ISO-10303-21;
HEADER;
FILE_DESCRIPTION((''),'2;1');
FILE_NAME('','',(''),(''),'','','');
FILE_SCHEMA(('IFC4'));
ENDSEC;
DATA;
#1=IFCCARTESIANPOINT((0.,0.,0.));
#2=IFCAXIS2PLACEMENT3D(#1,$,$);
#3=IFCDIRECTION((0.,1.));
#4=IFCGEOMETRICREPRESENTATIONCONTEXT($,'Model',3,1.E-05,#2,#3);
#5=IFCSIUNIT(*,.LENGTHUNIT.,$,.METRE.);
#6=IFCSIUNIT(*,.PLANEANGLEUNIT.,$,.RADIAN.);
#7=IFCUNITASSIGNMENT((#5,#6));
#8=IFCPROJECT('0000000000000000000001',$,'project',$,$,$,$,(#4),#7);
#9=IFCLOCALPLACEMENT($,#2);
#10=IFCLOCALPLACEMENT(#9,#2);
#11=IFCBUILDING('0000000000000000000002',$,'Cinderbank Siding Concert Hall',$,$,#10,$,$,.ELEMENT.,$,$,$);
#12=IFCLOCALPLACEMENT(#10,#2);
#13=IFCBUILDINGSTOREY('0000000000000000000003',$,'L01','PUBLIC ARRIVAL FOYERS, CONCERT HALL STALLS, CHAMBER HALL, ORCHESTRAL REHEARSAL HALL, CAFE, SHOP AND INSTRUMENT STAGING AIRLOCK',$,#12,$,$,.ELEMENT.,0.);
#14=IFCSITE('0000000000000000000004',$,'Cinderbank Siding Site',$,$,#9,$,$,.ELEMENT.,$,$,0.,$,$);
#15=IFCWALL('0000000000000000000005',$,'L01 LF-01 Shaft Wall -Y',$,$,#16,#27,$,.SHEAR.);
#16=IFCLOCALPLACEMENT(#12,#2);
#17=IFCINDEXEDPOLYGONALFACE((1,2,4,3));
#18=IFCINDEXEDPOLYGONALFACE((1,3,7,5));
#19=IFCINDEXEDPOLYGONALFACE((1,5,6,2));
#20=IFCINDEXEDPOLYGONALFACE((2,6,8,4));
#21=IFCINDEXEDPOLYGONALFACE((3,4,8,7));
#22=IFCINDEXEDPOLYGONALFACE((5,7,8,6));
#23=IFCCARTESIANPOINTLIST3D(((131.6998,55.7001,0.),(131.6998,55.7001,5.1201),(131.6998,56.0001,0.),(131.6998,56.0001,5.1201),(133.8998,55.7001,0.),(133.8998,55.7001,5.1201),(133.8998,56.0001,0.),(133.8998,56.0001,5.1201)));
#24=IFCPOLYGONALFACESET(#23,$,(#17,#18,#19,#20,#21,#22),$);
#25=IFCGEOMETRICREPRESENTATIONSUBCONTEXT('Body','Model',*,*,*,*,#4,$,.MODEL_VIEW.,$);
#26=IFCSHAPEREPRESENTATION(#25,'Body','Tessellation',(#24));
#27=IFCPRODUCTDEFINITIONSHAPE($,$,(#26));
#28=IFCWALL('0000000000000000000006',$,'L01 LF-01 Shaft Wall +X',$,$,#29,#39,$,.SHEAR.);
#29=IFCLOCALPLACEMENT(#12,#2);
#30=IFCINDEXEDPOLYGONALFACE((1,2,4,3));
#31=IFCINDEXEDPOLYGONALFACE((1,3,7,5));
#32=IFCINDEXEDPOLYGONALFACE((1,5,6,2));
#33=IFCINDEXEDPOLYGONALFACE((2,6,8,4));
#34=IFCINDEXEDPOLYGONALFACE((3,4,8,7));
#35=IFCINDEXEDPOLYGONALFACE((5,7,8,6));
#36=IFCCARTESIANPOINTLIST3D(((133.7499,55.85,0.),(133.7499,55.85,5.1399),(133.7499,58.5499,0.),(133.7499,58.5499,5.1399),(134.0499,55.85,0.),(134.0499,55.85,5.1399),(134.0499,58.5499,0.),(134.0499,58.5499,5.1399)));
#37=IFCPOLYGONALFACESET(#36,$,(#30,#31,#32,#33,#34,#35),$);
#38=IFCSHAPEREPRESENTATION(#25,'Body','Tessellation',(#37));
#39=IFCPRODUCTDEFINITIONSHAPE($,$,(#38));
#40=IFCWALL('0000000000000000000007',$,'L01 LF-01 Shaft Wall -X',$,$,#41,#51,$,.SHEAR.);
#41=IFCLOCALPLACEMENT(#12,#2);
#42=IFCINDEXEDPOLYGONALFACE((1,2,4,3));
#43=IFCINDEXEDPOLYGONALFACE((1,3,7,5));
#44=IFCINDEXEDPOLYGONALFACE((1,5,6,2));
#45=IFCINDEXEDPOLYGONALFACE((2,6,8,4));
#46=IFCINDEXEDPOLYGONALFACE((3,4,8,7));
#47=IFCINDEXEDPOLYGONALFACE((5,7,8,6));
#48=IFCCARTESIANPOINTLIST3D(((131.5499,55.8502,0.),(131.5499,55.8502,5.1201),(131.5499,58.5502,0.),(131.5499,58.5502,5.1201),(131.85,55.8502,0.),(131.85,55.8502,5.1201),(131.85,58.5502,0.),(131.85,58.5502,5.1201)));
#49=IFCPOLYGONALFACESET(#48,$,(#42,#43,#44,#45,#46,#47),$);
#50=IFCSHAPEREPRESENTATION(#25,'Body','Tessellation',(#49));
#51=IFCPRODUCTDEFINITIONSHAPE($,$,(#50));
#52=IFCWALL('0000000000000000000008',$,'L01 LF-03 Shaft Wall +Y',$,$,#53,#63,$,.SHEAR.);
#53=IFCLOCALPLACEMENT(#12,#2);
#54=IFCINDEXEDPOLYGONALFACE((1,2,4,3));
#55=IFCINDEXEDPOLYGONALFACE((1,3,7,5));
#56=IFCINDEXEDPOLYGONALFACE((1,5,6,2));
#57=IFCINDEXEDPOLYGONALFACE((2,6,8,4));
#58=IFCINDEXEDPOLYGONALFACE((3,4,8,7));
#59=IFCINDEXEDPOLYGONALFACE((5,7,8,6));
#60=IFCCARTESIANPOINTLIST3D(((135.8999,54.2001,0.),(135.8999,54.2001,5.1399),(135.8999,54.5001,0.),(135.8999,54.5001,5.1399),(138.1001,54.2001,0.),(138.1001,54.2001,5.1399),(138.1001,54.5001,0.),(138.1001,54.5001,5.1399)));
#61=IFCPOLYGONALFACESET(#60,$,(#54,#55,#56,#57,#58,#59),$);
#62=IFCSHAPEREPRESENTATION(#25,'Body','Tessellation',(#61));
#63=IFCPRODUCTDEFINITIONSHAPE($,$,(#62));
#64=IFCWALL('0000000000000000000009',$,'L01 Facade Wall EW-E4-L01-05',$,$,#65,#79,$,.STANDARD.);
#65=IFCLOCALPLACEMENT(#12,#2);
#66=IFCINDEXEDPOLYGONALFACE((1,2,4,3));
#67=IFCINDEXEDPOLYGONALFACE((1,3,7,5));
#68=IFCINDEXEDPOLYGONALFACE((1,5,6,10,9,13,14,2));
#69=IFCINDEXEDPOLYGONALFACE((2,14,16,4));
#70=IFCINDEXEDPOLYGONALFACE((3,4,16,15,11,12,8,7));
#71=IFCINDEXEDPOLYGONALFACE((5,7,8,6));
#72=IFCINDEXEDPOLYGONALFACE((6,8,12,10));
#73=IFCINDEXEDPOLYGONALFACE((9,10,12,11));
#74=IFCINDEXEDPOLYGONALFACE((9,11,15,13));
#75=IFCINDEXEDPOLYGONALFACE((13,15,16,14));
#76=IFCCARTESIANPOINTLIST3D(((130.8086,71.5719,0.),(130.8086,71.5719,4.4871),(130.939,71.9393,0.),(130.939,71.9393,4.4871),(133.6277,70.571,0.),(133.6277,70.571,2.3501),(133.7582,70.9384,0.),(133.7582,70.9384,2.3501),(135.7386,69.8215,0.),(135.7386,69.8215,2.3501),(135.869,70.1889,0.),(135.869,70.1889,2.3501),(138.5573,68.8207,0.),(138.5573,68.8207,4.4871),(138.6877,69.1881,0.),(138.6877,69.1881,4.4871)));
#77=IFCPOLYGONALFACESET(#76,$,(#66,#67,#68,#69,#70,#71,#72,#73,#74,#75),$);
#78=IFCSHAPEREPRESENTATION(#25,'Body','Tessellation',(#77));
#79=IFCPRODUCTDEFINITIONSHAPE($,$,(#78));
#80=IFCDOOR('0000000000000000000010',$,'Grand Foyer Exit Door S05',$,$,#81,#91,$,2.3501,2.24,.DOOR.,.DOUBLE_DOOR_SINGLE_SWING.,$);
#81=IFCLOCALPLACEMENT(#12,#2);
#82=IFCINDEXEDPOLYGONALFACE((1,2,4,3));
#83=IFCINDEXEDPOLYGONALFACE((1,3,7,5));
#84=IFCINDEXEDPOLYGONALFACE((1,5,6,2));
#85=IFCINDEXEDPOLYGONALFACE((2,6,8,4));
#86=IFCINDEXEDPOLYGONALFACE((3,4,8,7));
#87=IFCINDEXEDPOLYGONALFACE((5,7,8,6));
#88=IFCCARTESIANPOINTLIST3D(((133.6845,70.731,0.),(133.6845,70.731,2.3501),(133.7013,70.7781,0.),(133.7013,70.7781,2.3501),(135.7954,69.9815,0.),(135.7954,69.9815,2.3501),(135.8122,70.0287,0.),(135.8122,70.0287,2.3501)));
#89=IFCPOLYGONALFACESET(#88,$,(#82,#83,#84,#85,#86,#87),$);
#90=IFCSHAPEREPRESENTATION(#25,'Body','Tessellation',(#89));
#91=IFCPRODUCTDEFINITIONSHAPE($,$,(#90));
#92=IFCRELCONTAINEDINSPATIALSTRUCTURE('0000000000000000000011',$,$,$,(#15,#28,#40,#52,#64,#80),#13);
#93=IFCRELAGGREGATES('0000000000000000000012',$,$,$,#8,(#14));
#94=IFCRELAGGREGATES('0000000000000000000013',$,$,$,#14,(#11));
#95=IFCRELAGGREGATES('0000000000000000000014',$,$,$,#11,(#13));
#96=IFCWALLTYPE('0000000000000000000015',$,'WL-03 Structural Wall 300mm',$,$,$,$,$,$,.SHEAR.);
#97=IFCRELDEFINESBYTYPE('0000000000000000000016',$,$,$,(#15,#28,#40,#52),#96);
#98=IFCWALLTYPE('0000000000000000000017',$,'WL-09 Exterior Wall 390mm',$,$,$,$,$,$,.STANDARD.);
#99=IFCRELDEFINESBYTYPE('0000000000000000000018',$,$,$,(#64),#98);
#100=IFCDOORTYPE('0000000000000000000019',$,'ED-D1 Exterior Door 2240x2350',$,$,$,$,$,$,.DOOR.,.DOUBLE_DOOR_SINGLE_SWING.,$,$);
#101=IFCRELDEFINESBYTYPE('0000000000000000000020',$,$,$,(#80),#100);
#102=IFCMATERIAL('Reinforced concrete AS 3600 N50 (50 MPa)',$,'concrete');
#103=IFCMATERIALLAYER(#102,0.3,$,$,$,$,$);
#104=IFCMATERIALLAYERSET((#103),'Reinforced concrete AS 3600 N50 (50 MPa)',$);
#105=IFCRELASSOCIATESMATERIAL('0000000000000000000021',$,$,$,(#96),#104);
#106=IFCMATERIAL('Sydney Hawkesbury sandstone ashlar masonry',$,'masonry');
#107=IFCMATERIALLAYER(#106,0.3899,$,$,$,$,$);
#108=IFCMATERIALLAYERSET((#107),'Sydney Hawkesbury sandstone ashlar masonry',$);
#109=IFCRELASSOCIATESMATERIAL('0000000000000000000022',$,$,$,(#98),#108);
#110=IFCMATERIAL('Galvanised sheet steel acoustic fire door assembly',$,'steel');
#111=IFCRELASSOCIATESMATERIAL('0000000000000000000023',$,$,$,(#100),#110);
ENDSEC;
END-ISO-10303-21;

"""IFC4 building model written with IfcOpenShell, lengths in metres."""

from ifc_helpers import new_model, si_unit, direction, frame, frame_2d, origin, place, context, subcontext, project, spatial, rectangle, extrude, material, layer, layer_set, type_object, element, fill, save


model = new_model("IFC4")

# Units and contexts
model_context = context("Model", 3, precision=1e-05, world=origin(), true_north=direction((0.0, 1.0)))
body_context = subcontext(model_context, "Body", "Model", "MODEL_VIEW")
ifc_project = project(units=[si_unit("LENGTHUNIT", "METRE"), si_unit("PLANEANGLEUNIT", "RADIAN")], contexts=[model_context])

# Site, building, storey
site_placement = place(None, origin())
site = spatial("IfcSite", under=ifc_project, at=site_placement, Name="Cinderbank Siding Site", CompositionType="ELEMENT", RefElevation=0.0)
building_placement = place(site_placement, origin())
building = spatial("IfcBuilding", under=site, at=building_placement, Name="Cinderbank Siding Concert Hall", CompositionType="ELEMENT")
storey_placement = place(building_placement, origin())
storey = spatial("IfcBuildingStorey", under=building, at=storey_placement, Name="L01", Description="PUBLIC ARRIVAL FOYERS, CONCERT HALL STALLS, CHAMBER HALL, ORCHESTRAL REHEARSAL HALL, CAFE, SHOP AND INSTRUMENT STAGING AIRLOCK", CompositionType="ELEMENT", Elevation=0.0)

# Shared definitions
ifc_material_1 = material(Name="Reinforced concrete AS 3600 N50 (50 MPa)", Category="concrete")

# Walls
ifc_layer_1 = layer(ifc_material_1, 0.3)
ifc_layer_set_1 = layer_set([ifc_layer_1], Name="Reinforced concrete AS 3600 N50 (50 MPa)")
wall_type_1 = type_object("IfcWallType", Name="WL-03 Structural Wall 300mm", PredefinedType="SHEAR", material=ifc_layer_set_1)
wall_1_placement = place(storey_placement, frame((133.8999, 55.8501, 0.0), z_axis=(0.0, 0.0, 1.0), x_axis=(-1.0, 0.0, 0.0)))
element("IfcWall", 1, at=wall_1_placement, inside=storey, type_object=wall_type_1, Name="L01 LF-01 Shaft Wall -Y", PredefinedType="SHEAR", context=body_context, shape_type="SweptSolid", body=[
    extrude(rectangle(XDim=2.2, YDim=0.3, at=frame_2d((1.1001, 0.0))), origin(), (0.0, 0.0, 1.0), 5.1201),
])
wall_2_placement = place(storey_placement, frame((133.8999, 58.55, 0.0), z_axis=(0.0, 0.0, 1.0), x_axis=(0.0, -1.0, 0.0)))
element("IfcWall", 2, at=wall_2_placement, inside=storey, type_object=wall_type_1, Name="L01 LF-01 Shaft Wall +X", PredefinedType="SHEAR", context=body_context, shape_type="SweptSolid", body=[
    extrude(rectangle(XDim=2.7, YDim=0.3, at=frame_2d((1.3501, 0.0))), origin(), (0.0, 0.0, 1.0), 5.1399),
])

# Shared definitions
ifc_material_2 = material(Name="Galvanised sheet steel acoustic fire door assembly", Category="steel")

# Wall
wall_3_placement = place(storey_placement, frame((131.7, 55.8501, 0.0), z_axis=(0.0, 0.0, 1.0), x_axis=(0.0, 1.0, 0.0)))
element("IfcWall", 3, at=wall_3_placement, inside=storey, type_object=wall_type_1, Name="L01 LF-01 Shaft Wall -X", PredefinedType="SHEAR", context=body_context, shape_type="SweptSolid", body=[
    extrude(rectangle(XDim=2.7, YDim=0.3, at=frame_2d((1.3501, 0.0))), origin(), (0.0, 0.0, 1.0), 5.1201),
])

# Wall
wall_4_placement = place(storey_placement, frame((135.8999, 54.3501, 0.0), z_axis=(0.0, 0.0, 1.0), x_axis=(1.0, 0.0, 0.0)))
element("IfcWall", 4, at=wall_4_placement, inside=storey, type_object=wall_type_1, Name="L01 LF-03 Shaft Wall +Y", PredefinedType="SHEAR", context=body_context, shape_type="SweptSolid", body=[
    extrude(rectangle(XDim=2.2002, YDim=0.3, at=frame_2d((1.1001, 0.0))), origin(), (0.0, 0.0, 1.0), 5.1399),
])

# Wall, opening, door
ifc_material_3 = material(Name="Sydney Hawkesbury sandstone ashlar masonry", Category="masonry")
ifc_layer_2 = layer(ifc_material_3, 0.3899)
ifc_layer_set_2 = layer_set([ifc_layer_2], Name="Sydney Hawkesbury sandstone ashlar masonry")
wall_type_2 = type_object("IfcWallType", Name="WL-09 Exterior Wall 390mm", PredefinedType="STANDARD", material=ifc_layer_set_2)
wall_5_placement = place(storey_placement, frame((130.8738, 71.7556, 0.0), z_axis=(0.0, 0.0, 1.0), x_axis=(0.942364, -0.334588, 0.0)))
wall_5 = element("IfcWall", 5, at=wall_5_placement, inside=storey, type_object=wall_type_2, Name="L01 Facade Wall EW-E4-L01-05", PredefinedType="STANDARD", context=body_context, shape_type="SweptSolid", body=[
    extrude(rectangle(XDim=8.2227, YDim=0.3899, at=frame_2d((4.1113, 0.0))), origin(), (0.0, 0.0, 1.0), 4.4871),
])
opening_1_placement = place(wall_5_placement, frame((2.9915, 0.0, 0.0)))
opening_1 = element("IfcOpeningElement", 6, at=opening_1_placement, cuts=wall_5, PredefinedType="OPENING", context=body_context, shape_type="SweptSolid", body=[
    extrude(rectangle(XDim=2.24, YDim=2.3501, at=frame_2d((1.1201, 1.175))), frame((0.0, 0.207, 0.0), z_axis=(0.0, -1.0, 0.0), x_axis=(1.0, 0.0, 0.0)), (0.0, 0.0, 1.0), 0.4138),
])
door_type_1 = type_object("IfcDoorType", Name="ED-D1 Exterior Door 2240x2350", OperationType="DOUBLE_DOOR_SINGLE_SWING", PredefinedType="DOOR", material=ifc_material_2)
door_1_placement = place(opening_1_placement, origin())
door_1 = element("IfcDoor", 7, at=door_1_placement, inside=storey, type_object=door_type_1, Name="Grand Foyer Exit Door S05", OperationType="DOUBLE_DOOR_SINGLE_SWING", OverallHeight=2.3501, OverallWidth=2.24, PredefinedType="DOOR", context=body_context, shape_type="SweptSolid", body=[
    extrude(rectangle(XDim=2.24, YDim=2.3501, at=frame_2d((1.1201, 1.175))), frame((0.0, 0.0249, 0.0), z_axis=(0.0, -1.0, 0.0), x_axis=(1.0, 0.0, 0.0)), (0.0, 0.0, 1.0), 0.05),
])
fill(opening_1, door_1)

save(model, "model.ifc")
